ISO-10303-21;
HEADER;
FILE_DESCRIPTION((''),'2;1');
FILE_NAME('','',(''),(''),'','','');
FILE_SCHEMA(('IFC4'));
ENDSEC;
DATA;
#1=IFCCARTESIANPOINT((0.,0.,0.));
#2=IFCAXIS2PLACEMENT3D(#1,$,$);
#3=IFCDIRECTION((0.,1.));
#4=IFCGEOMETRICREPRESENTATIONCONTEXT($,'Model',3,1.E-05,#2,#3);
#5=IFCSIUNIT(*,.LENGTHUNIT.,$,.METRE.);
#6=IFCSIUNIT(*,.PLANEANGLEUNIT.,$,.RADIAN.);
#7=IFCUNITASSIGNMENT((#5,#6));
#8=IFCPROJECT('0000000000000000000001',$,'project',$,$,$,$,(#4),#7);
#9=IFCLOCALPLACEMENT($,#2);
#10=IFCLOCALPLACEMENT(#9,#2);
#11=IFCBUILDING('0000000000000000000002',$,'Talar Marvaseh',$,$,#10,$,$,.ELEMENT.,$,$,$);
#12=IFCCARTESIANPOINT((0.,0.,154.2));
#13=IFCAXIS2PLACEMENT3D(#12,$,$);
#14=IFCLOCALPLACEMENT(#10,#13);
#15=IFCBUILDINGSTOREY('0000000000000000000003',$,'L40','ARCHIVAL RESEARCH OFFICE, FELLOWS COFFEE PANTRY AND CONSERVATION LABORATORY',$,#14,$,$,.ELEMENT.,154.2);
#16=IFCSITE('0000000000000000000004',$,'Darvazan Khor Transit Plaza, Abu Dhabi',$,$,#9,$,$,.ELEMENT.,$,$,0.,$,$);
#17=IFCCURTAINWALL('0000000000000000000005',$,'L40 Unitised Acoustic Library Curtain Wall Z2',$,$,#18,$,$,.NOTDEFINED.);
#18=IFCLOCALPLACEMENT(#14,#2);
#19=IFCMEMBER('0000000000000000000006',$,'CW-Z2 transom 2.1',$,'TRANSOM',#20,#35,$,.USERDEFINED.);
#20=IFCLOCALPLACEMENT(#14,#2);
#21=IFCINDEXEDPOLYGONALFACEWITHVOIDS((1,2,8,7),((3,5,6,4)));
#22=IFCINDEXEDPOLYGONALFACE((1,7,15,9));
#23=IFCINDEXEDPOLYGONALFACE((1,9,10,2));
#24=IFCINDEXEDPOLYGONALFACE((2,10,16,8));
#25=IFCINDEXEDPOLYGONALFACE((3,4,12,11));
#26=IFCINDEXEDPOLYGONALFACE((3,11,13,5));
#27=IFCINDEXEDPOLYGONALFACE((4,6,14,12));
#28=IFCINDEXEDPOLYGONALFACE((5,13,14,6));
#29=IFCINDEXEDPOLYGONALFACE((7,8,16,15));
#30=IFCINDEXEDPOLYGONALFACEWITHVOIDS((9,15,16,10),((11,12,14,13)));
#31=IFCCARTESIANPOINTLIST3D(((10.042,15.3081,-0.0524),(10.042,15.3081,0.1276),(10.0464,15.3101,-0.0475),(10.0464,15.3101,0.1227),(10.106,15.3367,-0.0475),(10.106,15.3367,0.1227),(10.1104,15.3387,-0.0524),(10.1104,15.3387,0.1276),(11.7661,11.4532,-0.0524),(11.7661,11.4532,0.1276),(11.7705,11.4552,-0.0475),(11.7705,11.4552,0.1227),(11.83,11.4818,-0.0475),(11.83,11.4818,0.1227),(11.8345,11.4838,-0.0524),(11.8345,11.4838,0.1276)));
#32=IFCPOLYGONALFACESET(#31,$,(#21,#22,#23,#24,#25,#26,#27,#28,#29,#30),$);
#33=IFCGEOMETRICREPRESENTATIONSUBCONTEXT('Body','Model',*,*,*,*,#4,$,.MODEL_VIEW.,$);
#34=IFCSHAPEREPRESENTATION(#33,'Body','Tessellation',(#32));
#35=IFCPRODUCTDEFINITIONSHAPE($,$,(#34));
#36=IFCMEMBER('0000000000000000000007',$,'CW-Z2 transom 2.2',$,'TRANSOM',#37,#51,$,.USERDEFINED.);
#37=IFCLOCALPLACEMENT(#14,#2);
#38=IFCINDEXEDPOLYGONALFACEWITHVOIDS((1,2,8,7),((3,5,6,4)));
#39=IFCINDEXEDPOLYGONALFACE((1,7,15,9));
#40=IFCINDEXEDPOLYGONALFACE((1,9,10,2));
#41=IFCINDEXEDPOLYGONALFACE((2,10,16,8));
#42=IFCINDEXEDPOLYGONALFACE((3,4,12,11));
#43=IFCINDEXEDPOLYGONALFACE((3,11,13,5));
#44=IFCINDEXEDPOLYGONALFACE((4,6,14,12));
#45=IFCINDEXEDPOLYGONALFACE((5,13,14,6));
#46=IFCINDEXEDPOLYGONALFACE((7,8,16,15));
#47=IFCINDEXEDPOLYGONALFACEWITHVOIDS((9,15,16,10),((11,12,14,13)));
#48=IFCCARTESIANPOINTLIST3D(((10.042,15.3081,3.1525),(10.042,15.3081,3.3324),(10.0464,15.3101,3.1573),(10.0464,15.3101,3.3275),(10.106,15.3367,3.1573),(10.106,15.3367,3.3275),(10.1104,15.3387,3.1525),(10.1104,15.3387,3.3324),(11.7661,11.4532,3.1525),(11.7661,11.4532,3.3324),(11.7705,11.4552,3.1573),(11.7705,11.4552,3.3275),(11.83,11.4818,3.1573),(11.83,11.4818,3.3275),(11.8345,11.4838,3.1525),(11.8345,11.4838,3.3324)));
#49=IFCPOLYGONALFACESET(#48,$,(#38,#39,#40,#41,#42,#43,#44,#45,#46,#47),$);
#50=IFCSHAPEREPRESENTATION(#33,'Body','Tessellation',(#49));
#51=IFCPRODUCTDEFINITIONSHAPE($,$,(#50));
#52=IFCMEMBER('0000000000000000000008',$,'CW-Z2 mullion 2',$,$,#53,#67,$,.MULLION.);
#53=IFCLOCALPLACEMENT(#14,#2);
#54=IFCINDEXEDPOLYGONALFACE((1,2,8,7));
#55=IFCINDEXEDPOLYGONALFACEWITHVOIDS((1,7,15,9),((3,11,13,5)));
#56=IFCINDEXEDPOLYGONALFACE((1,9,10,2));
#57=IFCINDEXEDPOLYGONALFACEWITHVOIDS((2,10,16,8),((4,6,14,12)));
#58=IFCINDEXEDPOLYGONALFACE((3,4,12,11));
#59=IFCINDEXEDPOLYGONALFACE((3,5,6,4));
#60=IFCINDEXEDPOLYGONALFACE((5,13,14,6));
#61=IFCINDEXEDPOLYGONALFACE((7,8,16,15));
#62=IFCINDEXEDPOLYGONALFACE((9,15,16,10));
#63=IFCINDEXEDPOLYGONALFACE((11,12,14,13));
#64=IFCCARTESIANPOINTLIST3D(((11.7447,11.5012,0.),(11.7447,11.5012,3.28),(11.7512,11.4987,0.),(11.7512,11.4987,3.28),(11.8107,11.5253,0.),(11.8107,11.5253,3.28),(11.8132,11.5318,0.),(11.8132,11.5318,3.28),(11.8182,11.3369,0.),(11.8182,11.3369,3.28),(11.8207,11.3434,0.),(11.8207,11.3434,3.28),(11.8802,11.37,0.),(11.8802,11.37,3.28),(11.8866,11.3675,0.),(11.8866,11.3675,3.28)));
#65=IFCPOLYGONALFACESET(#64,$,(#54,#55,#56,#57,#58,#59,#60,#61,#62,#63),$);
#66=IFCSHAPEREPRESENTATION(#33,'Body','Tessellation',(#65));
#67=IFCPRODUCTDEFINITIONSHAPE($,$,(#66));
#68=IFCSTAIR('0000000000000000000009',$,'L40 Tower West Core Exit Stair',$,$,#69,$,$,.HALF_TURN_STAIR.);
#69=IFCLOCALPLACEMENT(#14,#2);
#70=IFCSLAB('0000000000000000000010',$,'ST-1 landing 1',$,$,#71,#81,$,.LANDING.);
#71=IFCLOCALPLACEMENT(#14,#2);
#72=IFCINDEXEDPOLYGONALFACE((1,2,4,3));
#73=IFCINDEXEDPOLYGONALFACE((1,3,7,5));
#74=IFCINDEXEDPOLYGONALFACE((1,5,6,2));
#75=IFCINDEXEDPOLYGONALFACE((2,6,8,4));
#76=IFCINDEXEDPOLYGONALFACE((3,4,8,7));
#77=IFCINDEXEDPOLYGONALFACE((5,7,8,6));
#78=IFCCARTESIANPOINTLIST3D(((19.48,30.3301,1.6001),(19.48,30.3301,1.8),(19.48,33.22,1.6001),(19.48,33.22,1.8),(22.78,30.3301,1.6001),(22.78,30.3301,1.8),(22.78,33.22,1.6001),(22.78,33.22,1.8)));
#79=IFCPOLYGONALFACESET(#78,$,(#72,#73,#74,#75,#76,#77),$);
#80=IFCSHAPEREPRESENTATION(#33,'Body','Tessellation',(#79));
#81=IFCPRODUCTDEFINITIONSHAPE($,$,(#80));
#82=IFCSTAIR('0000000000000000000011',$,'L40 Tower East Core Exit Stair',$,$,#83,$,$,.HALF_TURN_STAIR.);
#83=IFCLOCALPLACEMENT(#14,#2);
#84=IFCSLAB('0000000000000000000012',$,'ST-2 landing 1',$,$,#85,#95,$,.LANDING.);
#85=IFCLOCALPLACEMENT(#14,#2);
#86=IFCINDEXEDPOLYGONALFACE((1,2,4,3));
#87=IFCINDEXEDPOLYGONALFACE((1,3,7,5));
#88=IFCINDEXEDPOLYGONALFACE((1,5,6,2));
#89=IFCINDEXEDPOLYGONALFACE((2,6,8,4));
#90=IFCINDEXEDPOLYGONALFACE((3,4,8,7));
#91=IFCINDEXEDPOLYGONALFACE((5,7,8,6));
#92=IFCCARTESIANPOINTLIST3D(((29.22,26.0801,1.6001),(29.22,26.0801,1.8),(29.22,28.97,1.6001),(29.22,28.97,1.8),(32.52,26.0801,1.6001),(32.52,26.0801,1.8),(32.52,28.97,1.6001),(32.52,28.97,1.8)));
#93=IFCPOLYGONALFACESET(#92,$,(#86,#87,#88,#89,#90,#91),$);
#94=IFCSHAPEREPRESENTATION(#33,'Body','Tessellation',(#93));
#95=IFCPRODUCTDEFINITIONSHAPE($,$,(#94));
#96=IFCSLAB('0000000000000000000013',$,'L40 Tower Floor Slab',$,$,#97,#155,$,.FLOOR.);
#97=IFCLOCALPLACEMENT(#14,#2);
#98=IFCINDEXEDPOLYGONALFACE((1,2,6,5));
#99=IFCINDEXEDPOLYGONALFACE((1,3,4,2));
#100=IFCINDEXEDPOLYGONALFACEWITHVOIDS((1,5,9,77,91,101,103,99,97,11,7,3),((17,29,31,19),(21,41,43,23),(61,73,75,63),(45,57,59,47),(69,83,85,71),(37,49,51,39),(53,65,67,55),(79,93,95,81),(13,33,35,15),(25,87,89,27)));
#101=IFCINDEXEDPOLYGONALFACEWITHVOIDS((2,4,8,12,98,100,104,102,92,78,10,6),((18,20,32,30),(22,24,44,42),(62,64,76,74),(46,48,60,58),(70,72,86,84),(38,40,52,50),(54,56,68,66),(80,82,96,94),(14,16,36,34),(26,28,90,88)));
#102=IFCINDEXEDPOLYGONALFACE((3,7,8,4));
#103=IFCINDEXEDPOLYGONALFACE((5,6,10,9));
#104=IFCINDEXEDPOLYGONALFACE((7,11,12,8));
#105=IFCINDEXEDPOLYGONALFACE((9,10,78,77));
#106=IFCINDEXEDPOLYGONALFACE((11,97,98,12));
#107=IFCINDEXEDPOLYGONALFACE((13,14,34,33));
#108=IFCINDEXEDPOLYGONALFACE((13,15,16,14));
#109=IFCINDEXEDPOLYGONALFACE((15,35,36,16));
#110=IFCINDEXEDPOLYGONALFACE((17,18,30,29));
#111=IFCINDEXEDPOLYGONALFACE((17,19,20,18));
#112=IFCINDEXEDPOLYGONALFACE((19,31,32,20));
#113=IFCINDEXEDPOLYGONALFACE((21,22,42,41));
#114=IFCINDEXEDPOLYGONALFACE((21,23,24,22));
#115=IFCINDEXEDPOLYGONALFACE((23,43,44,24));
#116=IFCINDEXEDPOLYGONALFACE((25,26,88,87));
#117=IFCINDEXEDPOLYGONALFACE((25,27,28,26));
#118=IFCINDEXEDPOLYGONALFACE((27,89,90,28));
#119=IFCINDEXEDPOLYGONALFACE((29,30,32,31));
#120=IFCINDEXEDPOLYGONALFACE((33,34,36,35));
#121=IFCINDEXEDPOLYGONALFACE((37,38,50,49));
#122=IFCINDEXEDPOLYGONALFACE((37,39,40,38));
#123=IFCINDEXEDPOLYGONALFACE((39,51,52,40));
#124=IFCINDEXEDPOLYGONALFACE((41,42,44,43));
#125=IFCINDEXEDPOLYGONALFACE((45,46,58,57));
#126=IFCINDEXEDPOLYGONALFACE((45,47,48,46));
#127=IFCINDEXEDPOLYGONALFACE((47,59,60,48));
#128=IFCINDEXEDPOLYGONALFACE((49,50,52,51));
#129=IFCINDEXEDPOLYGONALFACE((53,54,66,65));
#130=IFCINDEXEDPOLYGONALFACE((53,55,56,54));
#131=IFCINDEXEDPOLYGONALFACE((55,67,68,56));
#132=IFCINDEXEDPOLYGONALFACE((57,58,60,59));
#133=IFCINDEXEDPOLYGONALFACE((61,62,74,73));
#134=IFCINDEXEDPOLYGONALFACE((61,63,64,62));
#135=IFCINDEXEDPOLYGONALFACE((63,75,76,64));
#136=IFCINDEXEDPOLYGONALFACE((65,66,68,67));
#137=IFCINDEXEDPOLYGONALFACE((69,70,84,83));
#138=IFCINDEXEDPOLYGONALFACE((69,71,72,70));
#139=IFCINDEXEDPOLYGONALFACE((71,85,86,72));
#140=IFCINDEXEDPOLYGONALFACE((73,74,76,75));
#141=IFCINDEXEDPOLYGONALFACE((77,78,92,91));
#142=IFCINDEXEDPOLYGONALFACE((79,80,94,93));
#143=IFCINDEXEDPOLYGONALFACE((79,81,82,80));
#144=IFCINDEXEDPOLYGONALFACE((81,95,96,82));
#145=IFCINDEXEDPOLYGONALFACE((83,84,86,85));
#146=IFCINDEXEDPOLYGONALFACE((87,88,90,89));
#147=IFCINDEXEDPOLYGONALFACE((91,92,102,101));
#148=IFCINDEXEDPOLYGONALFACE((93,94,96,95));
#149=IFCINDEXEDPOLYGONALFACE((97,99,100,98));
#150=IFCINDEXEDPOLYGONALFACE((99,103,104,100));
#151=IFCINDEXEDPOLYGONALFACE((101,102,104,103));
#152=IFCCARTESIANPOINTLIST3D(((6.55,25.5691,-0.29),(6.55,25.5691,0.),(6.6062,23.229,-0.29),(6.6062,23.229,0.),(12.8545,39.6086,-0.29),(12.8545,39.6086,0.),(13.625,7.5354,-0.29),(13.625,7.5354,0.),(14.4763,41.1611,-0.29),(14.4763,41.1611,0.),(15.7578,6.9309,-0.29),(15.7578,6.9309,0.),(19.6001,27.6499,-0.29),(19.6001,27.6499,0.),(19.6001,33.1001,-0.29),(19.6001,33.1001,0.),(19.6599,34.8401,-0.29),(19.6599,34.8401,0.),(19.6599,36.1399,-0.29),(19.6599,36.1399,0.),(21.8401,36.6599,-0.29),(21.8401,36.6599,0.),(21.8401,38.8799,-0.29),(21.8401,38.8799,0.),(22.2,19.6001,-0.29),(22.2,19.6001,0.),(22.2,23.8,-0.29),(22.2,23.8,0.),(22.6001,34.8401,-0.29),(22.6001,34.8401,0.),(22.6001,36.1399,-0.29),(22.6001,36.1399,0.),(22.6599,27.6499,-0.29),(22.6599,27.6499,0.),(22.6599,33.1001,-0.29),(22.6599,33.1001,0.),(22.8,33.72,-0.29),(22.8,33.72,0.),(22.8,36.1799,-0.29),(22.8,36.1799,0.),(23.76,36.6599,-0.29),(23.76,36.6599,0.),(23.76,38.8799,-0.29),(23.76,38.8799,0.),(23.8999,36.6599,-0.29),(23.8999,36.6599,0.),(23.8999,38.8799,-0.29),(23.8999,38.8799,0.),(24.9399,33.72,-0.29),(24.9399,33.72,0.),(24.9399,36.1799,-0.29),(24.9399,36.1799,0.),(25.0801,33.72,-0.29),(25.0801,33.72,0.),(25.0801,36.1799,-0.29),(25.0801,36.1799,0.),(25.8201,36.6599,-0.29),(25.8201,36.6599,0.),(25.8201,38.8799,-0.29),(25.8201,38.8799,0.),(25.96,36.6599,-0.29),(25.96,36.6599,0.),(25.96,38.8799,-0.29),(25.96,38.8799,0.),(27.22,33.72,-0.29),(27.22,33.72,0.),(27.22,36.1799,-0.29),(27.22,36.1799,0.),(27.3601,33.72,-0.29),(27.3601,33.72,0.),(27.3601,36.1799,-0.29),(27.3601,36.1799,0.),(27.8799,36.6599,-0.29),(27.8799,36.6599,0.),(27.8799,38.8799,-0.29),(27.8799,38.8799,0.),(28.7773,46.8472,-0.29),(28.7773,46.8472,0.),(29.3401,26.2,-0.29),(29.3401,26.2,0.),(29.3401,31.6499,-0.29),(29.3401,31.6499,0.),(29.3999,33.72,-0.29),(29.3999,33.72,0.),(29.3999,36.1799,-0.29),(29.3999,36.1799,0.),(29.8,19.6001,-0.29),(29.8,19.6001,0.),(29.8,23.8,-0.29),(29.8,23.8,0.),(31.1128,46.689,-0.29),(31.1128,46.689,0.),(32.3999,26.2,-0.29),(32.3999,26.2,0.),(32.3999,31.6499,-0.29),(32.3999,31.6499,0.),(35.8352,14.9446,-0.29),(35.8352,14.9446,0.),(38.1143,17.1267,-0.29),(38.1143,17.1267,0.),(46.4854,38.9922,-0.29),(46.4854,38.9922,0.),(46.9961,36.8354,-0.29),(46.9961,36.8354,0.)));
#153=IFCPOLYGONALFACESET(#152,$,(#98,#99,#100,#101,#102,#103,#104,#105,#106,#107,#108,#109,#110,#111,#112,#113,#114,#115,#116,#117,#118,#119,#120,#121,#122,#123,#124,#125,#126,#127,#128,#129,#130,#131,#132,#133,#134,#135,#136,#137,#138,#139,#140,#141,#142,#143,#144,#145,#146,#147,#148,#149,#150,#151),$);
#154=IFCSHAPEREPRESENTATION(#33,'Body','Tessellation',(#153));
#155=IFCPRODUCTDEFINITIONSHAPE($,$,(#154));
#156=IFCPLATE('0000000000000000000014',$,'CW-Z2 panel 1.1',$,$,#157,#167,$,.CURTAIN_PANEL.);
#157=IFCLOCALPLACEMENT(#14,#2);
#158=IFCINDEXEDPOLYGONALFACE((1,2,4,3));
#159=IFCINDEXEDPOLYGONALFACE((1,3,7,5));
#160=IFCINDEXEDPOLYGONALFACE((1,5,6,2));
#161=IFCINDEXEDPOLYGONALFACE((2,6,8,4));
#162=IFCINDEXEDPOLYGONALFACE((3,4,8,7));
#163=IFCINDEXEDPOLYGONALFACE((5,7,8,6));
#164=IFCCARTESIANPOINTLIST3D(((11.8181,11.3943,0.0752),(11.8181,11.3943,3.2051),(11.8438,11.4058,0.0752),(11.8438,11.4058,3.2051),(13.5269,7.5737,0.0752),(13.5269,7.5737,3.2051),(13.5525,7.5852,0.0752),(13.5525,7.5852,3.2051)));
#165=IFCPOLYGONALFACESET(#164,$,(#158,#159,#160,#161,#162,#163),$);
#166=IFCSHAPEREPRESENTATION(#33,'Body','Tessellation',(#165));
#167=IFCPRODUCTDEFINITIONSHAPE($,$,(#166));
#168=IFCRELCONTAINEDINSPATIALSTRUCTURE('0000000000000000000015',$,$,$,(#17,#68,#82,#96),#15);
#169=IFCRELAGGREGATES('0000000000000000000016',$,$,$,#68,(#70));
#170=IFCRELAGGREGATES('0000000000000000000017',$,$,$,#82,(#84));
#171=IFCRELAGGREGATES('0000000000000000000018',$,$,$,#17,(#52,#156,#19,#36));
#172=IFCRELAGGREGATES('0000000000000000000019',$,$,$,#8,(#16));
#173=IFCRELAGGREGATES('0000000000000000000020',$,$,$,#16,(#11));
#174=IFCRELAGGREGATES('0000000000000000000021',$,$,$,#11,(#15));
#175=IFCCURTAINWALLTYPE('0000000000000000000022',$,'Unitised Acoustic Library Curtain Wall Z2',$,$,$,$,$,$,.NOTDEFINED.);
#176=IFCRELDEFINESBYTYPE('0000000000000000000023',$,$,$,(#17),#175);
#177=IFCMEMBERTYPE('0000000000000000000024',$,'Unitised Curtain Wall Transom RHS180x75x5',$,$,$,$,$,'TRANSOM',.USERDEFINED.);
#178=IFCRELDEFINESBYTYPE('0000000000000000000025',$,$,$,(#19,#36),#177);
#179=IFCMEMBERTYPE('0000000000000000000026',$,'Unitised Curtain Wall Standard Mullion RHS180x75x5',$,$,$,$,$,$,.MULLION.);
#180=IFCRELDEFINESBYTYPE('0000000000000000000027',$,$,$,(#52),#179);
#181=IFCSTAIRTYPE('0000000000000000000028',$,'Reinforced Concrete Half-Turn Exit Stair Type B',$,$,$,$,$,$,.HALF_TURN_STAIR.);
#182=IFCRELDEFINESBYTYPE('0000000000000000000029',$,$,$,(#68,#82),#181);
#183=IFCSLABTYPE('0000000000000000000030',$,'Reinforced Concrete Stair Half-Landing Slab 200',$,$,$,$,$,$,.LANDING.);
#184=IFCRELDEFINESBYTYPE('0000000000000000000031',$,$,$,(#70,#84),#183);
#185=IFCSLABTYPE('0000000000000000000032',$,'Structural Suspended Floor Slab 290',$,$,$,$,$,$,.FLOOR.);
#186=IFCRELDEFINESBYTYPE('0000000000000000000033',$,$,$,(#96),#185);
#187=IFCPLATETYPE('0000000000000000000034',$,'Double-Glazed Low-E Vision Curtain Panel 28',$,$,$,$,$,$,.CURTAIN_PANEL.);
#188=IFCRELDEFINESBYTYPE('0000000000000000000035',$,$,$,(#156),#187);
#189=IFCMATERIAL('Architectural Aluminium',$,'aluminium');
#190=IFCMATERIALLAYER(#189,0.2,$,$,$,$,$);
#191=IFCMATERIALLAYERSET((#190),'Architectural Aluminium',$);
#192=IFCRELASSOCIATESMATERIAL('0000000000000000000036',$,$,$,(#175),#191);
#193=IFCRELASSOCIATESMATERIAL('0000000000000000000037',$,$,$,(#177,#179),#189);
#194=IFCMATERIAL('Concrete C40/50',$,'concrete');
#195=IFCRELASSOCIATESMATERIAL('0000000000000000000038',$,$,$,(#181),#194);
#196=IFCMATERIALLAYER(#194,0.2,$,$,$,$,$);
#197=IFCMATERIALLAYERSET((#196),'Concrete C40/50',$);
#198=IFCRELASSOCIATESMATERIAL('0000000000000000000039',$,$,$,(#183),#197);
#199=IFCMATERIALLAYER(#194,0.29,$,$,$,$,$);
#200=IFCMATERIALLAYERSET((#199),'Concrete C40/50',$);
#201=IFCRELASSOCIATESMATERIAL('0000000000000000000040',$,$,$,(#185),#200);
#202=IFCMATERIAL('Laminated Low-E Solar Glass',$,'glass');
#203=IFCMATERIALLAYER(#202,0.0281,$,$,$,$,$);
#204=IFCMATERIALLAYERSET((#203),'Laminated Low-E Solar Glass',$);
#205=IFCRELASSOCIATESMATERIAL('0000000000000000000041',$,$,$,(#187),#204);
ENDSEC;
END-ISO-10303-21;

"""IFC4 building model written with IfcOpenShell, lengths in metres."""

from ifc_helpers import new_model, si_unit, direction, frame, origin, origin_2d, place, context, subcontext, project, spatial, polyline, rectangle, hollow_rectangle, outline, extrude, source, transform, mapped, material, layer, layer_set, material_profile, profile_set, type_object, type_shapes, element, aggregate, save


model = new_model("IFC4")

# Units and contexts
model_context = context("Model", 3, precision=1e-05, world=origin(), true_north=direction((0.0, 1.0)))
body_context = subcontext(model_context, "Body", "Model", "MODEL_VIEW")
ifc_project = project(units=[si_unit("LENGTHUNIT", "METRE"), si_unit("PLANEANGLEUNIT", "RADIAN")], contexts=[model_context])

# Site, building, storey
site_placement = place(None, origin())
site = spatial("IfcSite", under=ifc_project, at=site_placement, Name="Darvazan Khor Transit Plaza, Abu Dhabi", CompositionType="ELEMENT", RefElevation=0.0)
building_placement = place(site_placement, origin())
building = spatial("IfcBuilding", under=site, at=building_placement, Name="Talar Marvaseh", CompositionType="ELEMENT")
storey_placement = place(building_placement, frame((0.0, 0.0, 154.2)))
storey = spatial("IfcBuildingStorey", under=building, at=storey_placement, Name="L40", Description="ARCHIVAL RESEARCH OFFICE, FELLOWS COFFEE PANTRY AND CONSERVATION LABORATORY", CompositionType="ELEMENT", Elevation=154.2)

# Curtain wall, members
ifc_material_1 = material(Name="Architectural Aluminium", Category="aluminium")
ifc_layer_1 = layer(ifc_material_1, 0.2)
ifc_layer_set_1 = layer_set([ifc_layer_1], Name="Architectural Aluminium")
curtain_wall_type = type_object("IfcCurtainWallType", Name="Unitised Acoustic Library Curtain Wall Z2", PredefinedType="NOTDEFINED", material=ifc_layer_set_1)
curtain_wall_placement = place(storey_placement, origin())
curtain_wall = element("IfcCurtainWall", 1, at=curtain_wall_placement, inside=storey, type_object=curtain_wall_type, Name="L40 Unitised Acoustic Library Curtain Wall Z2", PredefinedType="NOTDEFINED")
ifc_material_profile_1 = material_profile(ifc_material_1, hollow_rectangle(XDim=0.075, YDim=0.1799, WallThickness=0.0049, at=origin_2d()), Name="RHS180x75x5")
ifc_profile_set_1 = profile_set([ifc_material_profile_1], Name="Architectural Aluminium")
member_type_1 = type_object("IfcMemberType", Name="Unitised Curtain Wall Transom RHS180x75x5", ElementType="TRANSOM", PredefinedType="USERDEFINED", material=ifc_profile_set_1)
shared_shape_1 = source(origin(), body_context, "Body", "SweptSolid", [
    extrude(hollow_rectangle(XDim=0.075, YDim=0.1799, WallThickness=0.0049, at=origin_2d()), origin(), (0.0, 0.0, 1.0), 4.2229),
])
type_shapes(member_type_1, [shared_shape_1])
member_1_placement = place(storey_placement, frame((11.8003, 11.4685, 0.0376), z_axis=(-0.408272, 0.91286, 0.0), x_axis=(-0.91286, -0.408272, 0.0)))
member_1 = element("IfcMember", 2, at=member_1_placement, type_object=member_type_1, Name="CW-Z2 transom 2.1", ObjectType="TRANSOM", PredefinedType="USERDEFINED", context=body_context, shape_type="MappedRepresentation", body=[
    mapped(shared_shape_1, transform((0.0, 0.0, 0.0), x_axis=(1.0, 0.0, 0.0), y_axis=(0.0, 1.0, 0.0), z_axis=(0.0, 0.0, 1.0), scale=1.0)),
])
member_2_placement = place(storey_placement, frame((11.8003, 11.4685, 3.2424), z_axis=(-0.408272, 0.91286, 0.0), x_axis=(-0.91286, -0.408272, 0.0)))
member_2 = element("IfcMember", 3, at=member_2_placement, type_object=member_type_1, Name="CW-Z2 transom 2.2", ObjectType="TRANSOM", PredefinedType="USERDEFINED", context=body_context, shape_type="MappedRepresentation", body=[
    mapped(shared_shape_1, transform((0.0, 0.0, 0.0), x_axis=(1.0, 0.0, 0.0), y_axis=(0.0, 1.0, 0.0), z_axis=(0.0, 0.0, 1.0), scale=1.0)),
])
ifc_material_profile_2 = material_profile(ifc_material_1, hollow_rectangle(XDim=0.075, YDim=0.1799, WallThickness=0.0049, at=origin_2d()), Name="RHS180x75x5")
ifc_profile_set_2 = profile_set([ifc_material_profile_2], Name="Architectural Aluminium")
member_type_2 = type_object("IfcMemberType", Name="Unitised Curtain Wall Standard Mullion RHS180x75x5", PredefinedType="MULLION", material=ifc_profile_set_2)
shared_shape_2 = source(origin(), body_context, "Body", "SweptSolid", [
    extrude(hollow_rectangle(XDim=0.075, YDim=0.1799, WallThickness=0.0049, at=origin_2d()), origin(), (0.0, 0.0, 1.0), 3.28),
])
type_shapes(member_type_2, [shared_shape_2])
member_3_placement = place(storey_placement, frame((11.8157, 11.4343, 0.0), z_axis=(0.0, 0.0, 1.0), x_axis=(-0.912861, -0.40827, 0.0)))
member_3 = element("IfcMember", 4, at=member_3_placement, type_object=member_type_2, Name="CW-Z2 mullion 2", PredefinedType="MULLION", context=body_context, shape_type="MappedRepresentation", body=[
    mapped(shared_shape_2, transform((0.0, 0.0, 0.0), x_axis=(1.0, 0.0, 0.0), y_axis=(0.0, 1.0, 0.0), z_axis=(0.0, 0.0, 1.0), scale=1.0)),
])

# Stairs, slabs
ifc_material_2 = material(Name="Concrete C40/50", Category="concrete")
stair_type = type_object("IfcStairType", Name="Reinforced Concrete Half-Turn Exit Stair Type B", PredefinedType="HALF_TURN_STAIR", material=ifc_material_2)
stair_1_placement = place(storey_placement, origin())
stair_1 = element("IfcStair", 5, at=stair_1_placement, inside=storey, type_object=stair_type, Name="L40 Tower West Core Exit Stair", PredefinedType="HALF_TURN_STAIR")
ifc_layer_2 = layer(ifc_material_2, 0.2)
ifc_layer_set_2 = layer_set([ifc_layer_2], Name="Concrete C40/50")
slab_type_1 = type_object("IfcSlabType", Name="Reinforced Concrete Stair Half-Landing Slab 200", PredefinedType="LANDING", material=ifc_layer_set_2)
slab_1_placement = place(storey_placement, frame((0.0, 0.0, 1.6001)))
slab_1 = element("IfcSlab", 6, at=slab_1_placement, type_object=slab_type_1, Name="ST-1 landing 1", PredefinedType="LANDING", context=body_context, shape_type="SweptSolid", body=[
    extrude(outline(polyline([(22.78, 30.3301), (22.78, 33.22), (19.48, 33.22), (19.48, 30.3301), (22.78, 30.3301)])), origin(), (0.0, 0.0, 1.0), 0.2),
])
aggregate(stair_1, [slab_1])
stair_2_placement = place(storey_placement, origin())
stair_2 = element("IfcStair", 7, at=stair_2_placement, inside=storey, type_object=stair_type, Name="L40 Tower East Core Exit Stair", PredefinedType="HALF_TURN_STAIR")
slab_2_placement = place(storey_placement, frame((0.0, 0.0, 1.6001)))
slab_2 = element("IfcSlab", 8, at=slab_2_placement, type_object=slab_type_1, Name="ST-2 landing 1", PredefinedType="LANDING", context=body_context, shape_type="SweptSolid", body=[
    extrude(outline(polyline([(29.22, 28.97), (29.22, 26.0801), (32.52, 26.0801), (32.52, 28.97), (29.22, 28.97)])), origin(), (0.0, 0.0, 1.0), 0.2),
])
aggregate(stair_2, [slab_2])

# Slab
ifc_layer_3 = layer(ifc_material_2, 0.29)
ifc_layer_set_3 = layer_set([ifc_layer_3], Name="Concrete C40/50")
slab_type_2 = type_object("IfcSlabType", Name="Structural Suspended Floor Slab 290", PredefinedType="FLOOR", material=ifc_layer_set_3)
slab_3_placement = place(storey_placement, frame((0.0, 0.0, -0.29)))
element("IfcSlab", 9, at=slab_3_placement, inside=storey, type_object=slab_type_2, Name="L40 Tower Floor Slab", PredefinedType="FLOOR", context=body_context, shape_type="SweptSolid", body=[
    extrude(outline(polyline([(15.7578, 6.9309), (13.625, 7.5354), (6.6062, 23.229), (6.55, 25.5691), (12.8545, 39.6086), (14.4763, 41.1611), (28.7773, 46.8472), (31.1128, 46.689), (46.4854, 38.9922), (46.9961, 36.8354), (38.1143, 17.1267), (35.8352, 14.9446), (15.7578, 6.9309)]), holes=[polyline([(22.6599, 27.6499), (22.6599, 33.1001), (19.6001, 33.1001), (19.6001, 27.6499), (22.6599, 27.6499)]), polyline([(29.3401, 31.6499), (29.3401, 26.2), (32.3999, 26.2), (32.3999, 31.6499), (29.3401, 31.6499)]), polyline([(22.8, 33.72), (24.9399, 33.72), (24.9399, 36.1799), (22.8, 36.1799), (22.8, 33.72)]), polyline([(25.0801, 33.72), (27.22, 33.72), (27.22, 36.1799), (25.0801, 36.1799), (25.0801, 33.72)]), polyline([(27.3601, 33.72), (29.3999, 33.72), (29.3999, 36.1799), (27.3601, 36.1799), (27.3601, 33.72)]), polyline([(21.8401, 36.6599), (23.76, 36.6599), (23.76, 38.8799), (21.8401, 38.8799), (21.8401, 36.6599)]), polyline([(23.8999, 36.6599), (25.8201, 36.6599), (25.8201, 38.8799), (23.8999, 38.8799), (23.8999, 36.6599)]), polyline([(25.96, 36.6599), (27.8799, 36.6599), (27.8799, 38.8799), (25.96, 38.8799), (25.96, 36.6599)]), polyline([(19.6599, 34.8401), (22.6001, 34.8401), (22.6001, 36.1399), (19.6599, 36.1399), (19.6599, 34.8401)]), polyline([(22.2, 19.6001), (29.8, 19.6001), (29.8, 23.8), (22.2, 23.8), (22.2, 19.6001)])]), origin(), (0.0, 0.0, 1.0), 0.29),
])

# Plate
ifc_material_3 = material(Name="Laminated Low-E Solar Glass", Category="glass")
ifc_layer_4 = layer(ifc_material_3, 0.0281)
ifc_layer_set_4 = layer_set([ifc_layer_4], Name="Laminated Low-E Solar Glass")
plate_type = type_object("IfcPlateType", Name="Double-Glazed Low-E Vision Curtain Panel 28", PredefinedType="CURTAIN_PANEL", material=ifc_layer_set_4)
shared_shape_3 = source(origin(), body_context, "Body", "SweptSolid", [
    extrude(rectangle(XDim=4.1853, YDim=0.0281, at=origin_2d()), origin(), (0.0, 0.0, 1.0), 3.1299),
])
type_shapes(plate_type, [shared_shape_3])
plate_placement = place(storey_placement, frame((12.6853, 9.4897, 0.0752), z_axis=(0.0, 0.0, 1.0), x_axis=(-0.40827, 0.912861, 0.0)))
plate = element("IfcPlate", 10, at=plate_placement, type_object=plate_type, Name="CW-Z2 panel 1.1", PredefinedType="CURTAIN_PANEL", context=body_context, shape_type="MappedRepresentation", body=[
    mapped(shared_shape_3, transform((0.0, 0.0, 0.0), x_axis=(1.0, 0.0, 0.0), y_axis=(0.0, 1.0, 0.0), z_axis=(0.0, 0.0, 1.0), scale=1.0)),
])
aggregate(curtain_wall, [member_3, plate, member_1, member_2])

save(model, "model.ifc")
